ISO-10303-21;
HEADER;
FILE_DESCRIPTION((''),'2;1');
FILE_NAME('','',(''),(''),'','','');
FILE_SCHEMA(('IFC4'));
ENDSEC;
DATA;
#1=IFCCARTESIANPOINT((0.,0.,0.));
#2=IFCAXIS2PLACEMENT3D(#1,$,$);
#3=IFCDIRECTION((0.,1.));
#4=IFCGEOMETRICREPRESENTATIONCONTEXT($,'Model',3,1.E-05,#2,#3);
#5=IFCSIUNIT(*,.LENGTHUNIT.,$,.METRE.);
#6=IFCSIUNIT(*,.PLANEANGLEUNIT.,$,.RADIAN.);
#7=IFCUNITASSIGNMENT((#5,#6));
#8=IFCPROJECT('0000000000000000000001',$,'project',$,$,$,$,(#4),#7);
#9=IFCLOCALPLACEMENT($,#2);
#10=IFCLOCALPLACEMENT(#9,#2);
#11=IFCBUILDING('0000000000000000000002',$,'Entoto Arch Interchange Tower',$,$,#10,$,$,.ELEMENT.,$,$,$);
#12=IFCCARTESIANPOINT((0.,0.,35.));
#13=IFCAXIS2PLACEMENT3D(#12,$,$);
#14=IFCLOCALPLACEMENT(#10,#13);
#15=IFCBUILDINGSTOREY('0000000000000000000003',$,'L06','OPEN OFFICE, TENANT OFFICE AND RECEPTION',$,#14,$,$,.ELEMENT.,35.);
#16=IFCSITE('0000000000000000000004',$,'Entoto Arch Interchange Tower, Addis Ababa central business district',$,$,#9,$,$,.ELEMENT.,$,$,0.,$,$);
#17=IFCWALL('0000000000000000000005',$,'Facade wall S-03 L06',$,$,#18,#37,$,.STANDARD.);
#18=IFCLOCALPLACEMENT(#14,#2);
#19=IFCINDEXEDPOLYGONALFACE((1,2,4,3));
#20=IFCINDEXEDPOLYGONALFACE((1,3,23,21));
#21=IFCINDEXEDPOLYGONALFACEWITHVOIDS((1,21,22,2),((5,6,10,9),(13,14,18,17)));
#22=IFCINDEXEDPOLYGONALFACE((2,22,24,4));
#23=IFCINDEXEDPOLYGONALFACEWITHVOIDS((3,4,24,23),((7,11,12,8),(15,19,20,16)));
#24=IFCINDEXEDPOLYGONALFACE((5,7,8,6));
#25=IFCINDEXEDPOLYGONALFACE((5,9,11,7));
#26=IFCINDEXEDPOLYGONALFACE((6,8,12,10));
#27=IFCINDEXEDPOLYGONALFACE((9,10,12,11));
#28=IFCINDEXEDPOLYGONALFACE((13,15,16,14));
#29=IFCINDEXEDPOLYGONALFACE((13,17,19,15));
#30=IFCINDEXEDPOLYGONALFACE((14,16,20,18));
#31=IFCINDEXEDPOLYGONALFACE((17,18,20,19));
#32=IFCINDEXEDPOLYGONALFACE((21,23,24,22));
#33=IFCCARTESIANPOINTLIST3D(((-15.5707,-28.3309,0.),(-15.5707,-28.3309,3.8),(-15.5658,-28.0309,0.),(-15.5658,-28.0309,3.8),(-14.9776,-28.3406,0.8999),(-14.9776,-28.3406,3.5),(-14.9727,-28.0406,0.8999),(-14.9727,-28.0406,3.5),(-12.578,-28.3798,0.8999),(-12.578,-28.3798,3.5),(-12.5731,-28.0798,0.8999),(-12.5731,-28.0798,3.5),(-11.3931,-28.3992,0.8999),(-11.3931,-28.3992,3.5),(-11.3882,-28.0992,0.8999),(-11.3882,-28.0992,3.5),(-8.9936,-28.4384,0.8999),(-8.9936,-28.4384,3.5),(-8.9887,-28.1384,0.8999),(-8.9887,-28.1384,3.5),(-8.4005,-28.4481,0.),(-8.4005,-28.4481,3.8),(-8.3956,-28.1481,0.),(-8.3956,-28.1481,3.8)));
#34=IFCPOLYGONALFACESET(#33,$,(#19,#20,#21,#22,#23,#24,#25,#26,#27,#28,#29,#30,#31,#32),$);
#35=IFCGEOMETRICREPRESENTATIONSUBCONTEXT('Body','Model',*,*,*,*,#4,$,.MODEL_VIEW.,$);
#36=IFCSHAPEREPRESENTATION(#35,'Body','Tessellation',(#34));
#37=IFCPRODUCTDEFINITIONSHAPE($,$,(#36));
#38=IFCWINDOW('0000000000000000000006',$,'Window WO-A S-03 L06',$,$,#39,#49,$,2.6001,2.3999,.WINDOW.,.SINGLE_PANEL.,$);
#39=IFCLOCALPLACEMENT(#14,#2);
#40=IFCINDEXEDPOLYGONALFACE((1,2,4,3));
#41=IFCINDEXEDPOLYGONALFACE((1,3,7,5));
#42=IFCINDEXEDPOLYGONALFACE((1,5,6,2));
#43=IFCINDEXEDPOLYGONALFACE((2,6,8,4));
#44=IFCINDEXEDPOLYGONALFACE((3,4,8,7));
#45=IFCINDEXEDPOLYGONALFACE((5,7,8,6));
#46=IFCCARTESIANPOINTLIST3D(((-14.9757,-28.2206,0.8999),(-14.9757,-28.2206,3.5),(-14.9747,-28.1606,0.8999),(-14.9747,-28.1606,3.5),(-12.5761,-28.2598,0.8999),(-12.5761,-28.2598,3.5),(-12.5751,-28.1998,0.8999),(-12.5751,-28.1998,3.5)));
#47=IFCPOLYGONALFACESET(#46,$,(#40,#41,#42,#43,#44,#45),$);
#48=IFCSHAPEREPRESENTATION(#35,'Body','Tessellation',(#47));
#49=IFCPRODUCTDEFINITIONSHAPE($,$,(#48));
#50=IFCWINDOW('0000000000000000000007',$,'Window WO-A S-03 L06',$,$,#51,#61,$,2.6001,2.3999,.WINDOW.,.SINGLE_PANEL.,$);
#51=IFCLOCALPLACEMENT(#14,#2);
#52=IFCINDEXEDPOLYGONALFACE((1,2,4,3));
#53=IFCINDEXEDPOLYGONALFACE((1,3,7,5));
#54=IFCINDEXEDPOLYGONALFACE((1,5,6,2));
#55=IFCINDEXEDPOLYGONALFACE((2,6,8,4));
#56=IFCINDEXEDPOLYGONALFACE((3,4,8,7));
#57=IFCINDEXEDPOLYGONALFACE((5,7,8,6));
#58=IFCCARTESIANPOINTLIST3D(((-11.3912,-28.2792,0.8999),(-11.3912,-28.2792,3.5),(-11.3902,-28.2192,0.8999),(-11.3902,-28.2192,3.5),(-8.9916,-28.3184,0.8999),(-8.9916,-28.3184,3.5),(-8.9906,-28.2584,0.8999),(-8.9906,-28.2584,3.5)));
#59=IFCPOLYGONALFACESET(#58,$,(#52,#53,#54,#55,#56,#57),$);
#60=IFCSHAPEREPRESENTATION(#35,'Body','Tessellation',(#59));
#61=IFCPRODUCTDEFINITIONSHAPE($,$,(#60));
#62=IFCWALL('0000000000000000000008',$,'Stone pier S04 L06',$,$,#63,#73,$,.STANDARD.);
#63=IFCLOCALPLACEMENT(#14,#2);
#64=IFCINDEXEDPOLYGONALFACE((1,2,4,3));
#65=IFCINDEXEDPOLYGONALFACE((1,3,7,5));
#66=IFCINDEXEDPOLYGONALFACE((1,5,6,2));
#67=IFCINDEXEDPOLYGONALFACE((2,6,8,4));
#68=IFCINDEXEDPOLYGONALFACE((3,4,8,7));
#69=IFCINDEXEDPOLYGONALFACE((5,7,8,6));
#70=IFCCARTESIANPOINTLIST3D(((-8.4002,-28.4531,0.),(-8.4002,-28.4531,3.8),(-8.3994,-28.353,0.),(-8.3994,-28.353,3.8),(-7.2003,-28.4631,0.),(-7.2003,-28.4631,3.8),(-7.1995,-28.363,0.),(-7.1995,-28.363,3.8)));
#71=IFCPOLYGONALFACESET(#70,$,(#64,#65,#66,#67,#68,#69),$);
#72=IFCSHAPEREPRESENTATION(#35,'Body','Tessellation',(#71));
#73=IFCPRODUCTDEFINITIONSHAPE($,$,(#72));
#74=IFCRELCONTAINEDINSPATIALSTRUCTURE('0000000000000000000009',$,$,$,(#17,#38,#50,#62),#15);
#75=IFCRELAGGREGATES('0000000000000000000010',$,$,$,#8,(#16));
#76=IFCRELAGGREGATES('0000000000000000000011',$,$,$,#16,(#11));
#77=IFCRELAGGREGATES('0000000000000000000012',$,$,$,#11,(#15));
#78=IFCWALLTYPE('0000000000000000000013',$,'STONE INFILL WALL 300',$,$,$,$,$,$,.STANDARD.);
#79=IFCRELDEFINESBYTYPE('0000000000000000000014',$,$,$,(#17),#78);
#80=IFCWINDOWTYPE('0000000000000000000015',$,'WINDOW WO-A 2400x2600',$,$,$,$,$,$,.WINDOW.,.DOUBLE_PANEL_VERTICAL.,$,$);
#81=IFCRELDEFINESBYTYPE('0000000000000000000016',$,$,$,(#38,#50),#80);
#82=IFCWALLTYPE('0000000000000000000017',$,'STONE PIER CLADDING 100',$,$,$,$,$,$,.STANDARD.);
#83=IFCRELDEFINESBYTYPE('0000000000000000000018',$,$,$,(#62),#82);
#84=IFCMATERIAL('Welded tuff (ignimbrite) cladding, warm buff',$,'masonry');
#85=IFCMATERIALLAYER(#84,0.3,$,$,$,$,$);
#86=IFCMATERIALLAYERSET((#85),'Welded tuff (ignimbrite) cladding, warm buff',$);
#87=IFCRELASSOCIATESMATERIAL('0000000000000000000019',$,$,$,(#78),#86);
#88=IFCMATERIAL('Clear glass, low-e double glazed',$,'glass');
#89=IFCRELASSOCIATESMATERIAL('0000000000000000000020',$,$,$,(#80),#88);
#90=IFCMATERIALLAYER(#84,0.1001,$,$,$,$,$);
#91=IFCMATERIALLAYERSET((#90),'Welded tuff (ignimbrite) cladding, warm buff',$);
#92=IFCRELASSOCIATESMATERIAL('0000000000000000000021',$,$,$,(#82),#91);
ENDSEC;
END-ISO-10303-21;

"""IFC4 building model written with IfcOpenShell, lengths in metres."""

from ifc_helpers import new_model, si_unit, direction, frame, frame_2d, origin, place, context, subcontext, project, spatial, rectangle, extrude, material, layer, layer_set, type_object, element, fill, save


model = new_model("IFC4")

# Units and contexts
model_context = context("Model", 3, precision=1e-05, world=origin(), true_north=direction((0.0, 1.0)))
body_context = subcontext(model_context, "Body", "Model", "MODEL_VIEW")
ifc_project = project(units=[si_unit("LENGTHUNIT", "METRE"), si_unit("PLANEANGLEUNIT", "RADIAN")], contexts=[model_context])

# Site, building, storey
site_placement = place(None, origin())
site = spatial("IfcSite", under=ifc_project, at=site_placement, Name="Entoto Arch Interchange Tower, Addis Ababa central business district", CompositionType="ELEMENT", RefElevation=0.0)
building_placement = place(site_placement, origin())
building = spatial("IfcBuilding", under=site, at=building_placement, Name="Entoto Arch Interchange Tower", CompositionType="ELEMENT")
storey_placement = place(building_placement, frame((0.0, 0.0, 35.0)))
storey = spatial("IfcBuildingStorey", under=building, at=storey_placement, Name="L06", Description="OPEN OFFICE, TENANT OFFICE AND RECEPTION", CompositionType="ELEMENT", Elevation=35.0)

# Shared definitions
ifc_material_1 = material(Name="Clear glass, low-e double glazed", Category="glass")

# Wall, openings, windows
ifc_material_2 = material(Name="Welded tuff (ignimbrite) cladding, warm buff", Category="masonry")
ifc_layer_1 = layer(ifc_material_2, 0.3)
ifc_layer_set_1 = layer_set([ifc_layer_1], Name="Welded tuff (ignimbrite) cladding, warm buff")
wall_type_1 = type_object("IfcWallType", Name="STONE INFILL WALL 300", PredefinedType="STANDARD", material=ifc_layer_set_1)
wall_1_placement = place(storey_placement, frame((-15.5681, -28.1809, 0.0), z_axis=(0.0, 0.0, 1.0), x_axis=(0.999866, -0.016342, 0.0)))
wall_1 = element("IfcWall", 1, at=wall_1_placement, inside=storey, type_object=wall_type_1, Name="Facade wall S-03 L06", PredefinedType="STANDARD", context=body_context, shape_type="SweptSolid", body=[
    extrude(rectangle(XDim=7.1711, YDim=0.3, at=frame_2d((3.5854, 0.0))), origin(), (0.0, 0.0, 1.0), 3.8),
])
opening_1_placement = place(wall_1_placement, frame((0.593, 0.0, 0.8999)))
opening_1 = element("IfcOpeningElement", 2, at=opening_1_placement, cuts=wall_1, PredefinedType="OPENING", context=body_context, shape_type="SweptSolid", body=[
    extrude(rectangle(XDim=2.3999, YDim=2.6001, at=frame_2d((1.2, 1.3))), frame((0.0, 0.1602, 0.0), z_axis=(0.0, -1.0, 0.0), x_axis=(1.0, 0.0, 0.0)), (0.0, 0.0, 1.0), 0.3201),
])
opening_2_placement = place(wall_1_placement, frame((4.178, 0.0, 0.8999)))
opening_2 = element("IfcOpeningElement", 3, at=opening_2_placement, cuts=wall_1, PredefinedType="OPENING", context=body_context, shape_type="SweptSolid", body=[
    extrude(rectangle(XDim=2.3999, YDim=2.6001, at=frame_2d((1.2, 1.3))), frame((0.0, 0.1602, 0.0), z_axis=(0.0, -1.0, 0.0), x_axis=(1.0, 0.0, 0.0)), (0.0, 0.0, 1.0), 0.3201),
])
window_type = type_object("IfcWindowType", Name="WINDOW WO-A 2400x2600", PartitioningType="DOUBLE_PANEL_VERTICAL", PredefinedType="WINDOW", material=ifc_material_1)
window_1_placement = place(opening_1_placement, origin())
window_1 = element("IfcWindow", 4, at=window_1_placement, inside=storey, type_object=window_type, Name="Window WO-A S-03 L06", OverallHeight=2.6001, OverallWidth=2.3999, PartitioningType="SINGLE_PANEL", PredefinedType="WINDOW", context=body_context, shape_type="SweptSolid", body=[
    extrude(rectangle(XDim=2.3999, YDim=2.6001, at=frame_2d((1.2, 1.3))), frame((0.0, 0.03, 0.0), z_axis=(0.0, -1.0, 0.0), x_axis=(1.0, 0.0, 0.0)), (0.0, 0.0, 1.0), 0.0601),
])
fill(opening_1, window_1)
window_2_placement = place(opening_2_placement, origin())
window_2 = element("IfcWindow", 5, at=window_2_placement, inside=storey, type_object=window_type, Name="Window WO-A S-03 L06", OverallHeight=2.6001, OverallWidth=2.3999, PartitioningType="SINGLE_PANEL", PredefinedType="WINDOW", context=body_context, shape_type="SweptSolid", body=[
    extrude(rectangle(XDim=2.3999, YDim=2.6001, at=frame_2d((1.2, 1.3))), frame((0.0, 0.03, 0.0), z_axis=(0.0, -1.0, 0.0), x_axis=(1.0, 0.0, 0.0)), (0.0, 0.0, 1.0), 0.0601),
])
fill(opening_2, window_2)

# Wall
ifc_layer_2 = layer(ifc_material_2, 0.1001)
ifc_layer_set_2 = layer_set([ifc_layer_2], Name="Welded tuff (ignimbrite) cladding, warm buff")
wall_type_2 = type_object("IfcWallType", Name="STONE PIER CLADDING 100", PredefinedType="STANDARD", material=ifc_layer_set_2)
wall_2_placement = place(storey_placement, frame((-8.3999, -28.4031, 0.0), z_axis=(0.0, 0.0, 1.0), x_axis=(0.999965, -0.008342, 0.0)))
element("IfcWall", 6, at=wall_2_placement, inside=storey, type_object=wall_type_2, Name="Stone pier S04 L06", PredefinedType="STANDARD", context=body_context, shape_type="SweptSolid", body=[
    extrude(rectangle(XDim=1.2, YDim=0.1001, at=frame_2d((0.6001, 0.0))), origin(), (0.0, 0.0, 1.0), 3.8),
])

save(model, "model.ifc")
